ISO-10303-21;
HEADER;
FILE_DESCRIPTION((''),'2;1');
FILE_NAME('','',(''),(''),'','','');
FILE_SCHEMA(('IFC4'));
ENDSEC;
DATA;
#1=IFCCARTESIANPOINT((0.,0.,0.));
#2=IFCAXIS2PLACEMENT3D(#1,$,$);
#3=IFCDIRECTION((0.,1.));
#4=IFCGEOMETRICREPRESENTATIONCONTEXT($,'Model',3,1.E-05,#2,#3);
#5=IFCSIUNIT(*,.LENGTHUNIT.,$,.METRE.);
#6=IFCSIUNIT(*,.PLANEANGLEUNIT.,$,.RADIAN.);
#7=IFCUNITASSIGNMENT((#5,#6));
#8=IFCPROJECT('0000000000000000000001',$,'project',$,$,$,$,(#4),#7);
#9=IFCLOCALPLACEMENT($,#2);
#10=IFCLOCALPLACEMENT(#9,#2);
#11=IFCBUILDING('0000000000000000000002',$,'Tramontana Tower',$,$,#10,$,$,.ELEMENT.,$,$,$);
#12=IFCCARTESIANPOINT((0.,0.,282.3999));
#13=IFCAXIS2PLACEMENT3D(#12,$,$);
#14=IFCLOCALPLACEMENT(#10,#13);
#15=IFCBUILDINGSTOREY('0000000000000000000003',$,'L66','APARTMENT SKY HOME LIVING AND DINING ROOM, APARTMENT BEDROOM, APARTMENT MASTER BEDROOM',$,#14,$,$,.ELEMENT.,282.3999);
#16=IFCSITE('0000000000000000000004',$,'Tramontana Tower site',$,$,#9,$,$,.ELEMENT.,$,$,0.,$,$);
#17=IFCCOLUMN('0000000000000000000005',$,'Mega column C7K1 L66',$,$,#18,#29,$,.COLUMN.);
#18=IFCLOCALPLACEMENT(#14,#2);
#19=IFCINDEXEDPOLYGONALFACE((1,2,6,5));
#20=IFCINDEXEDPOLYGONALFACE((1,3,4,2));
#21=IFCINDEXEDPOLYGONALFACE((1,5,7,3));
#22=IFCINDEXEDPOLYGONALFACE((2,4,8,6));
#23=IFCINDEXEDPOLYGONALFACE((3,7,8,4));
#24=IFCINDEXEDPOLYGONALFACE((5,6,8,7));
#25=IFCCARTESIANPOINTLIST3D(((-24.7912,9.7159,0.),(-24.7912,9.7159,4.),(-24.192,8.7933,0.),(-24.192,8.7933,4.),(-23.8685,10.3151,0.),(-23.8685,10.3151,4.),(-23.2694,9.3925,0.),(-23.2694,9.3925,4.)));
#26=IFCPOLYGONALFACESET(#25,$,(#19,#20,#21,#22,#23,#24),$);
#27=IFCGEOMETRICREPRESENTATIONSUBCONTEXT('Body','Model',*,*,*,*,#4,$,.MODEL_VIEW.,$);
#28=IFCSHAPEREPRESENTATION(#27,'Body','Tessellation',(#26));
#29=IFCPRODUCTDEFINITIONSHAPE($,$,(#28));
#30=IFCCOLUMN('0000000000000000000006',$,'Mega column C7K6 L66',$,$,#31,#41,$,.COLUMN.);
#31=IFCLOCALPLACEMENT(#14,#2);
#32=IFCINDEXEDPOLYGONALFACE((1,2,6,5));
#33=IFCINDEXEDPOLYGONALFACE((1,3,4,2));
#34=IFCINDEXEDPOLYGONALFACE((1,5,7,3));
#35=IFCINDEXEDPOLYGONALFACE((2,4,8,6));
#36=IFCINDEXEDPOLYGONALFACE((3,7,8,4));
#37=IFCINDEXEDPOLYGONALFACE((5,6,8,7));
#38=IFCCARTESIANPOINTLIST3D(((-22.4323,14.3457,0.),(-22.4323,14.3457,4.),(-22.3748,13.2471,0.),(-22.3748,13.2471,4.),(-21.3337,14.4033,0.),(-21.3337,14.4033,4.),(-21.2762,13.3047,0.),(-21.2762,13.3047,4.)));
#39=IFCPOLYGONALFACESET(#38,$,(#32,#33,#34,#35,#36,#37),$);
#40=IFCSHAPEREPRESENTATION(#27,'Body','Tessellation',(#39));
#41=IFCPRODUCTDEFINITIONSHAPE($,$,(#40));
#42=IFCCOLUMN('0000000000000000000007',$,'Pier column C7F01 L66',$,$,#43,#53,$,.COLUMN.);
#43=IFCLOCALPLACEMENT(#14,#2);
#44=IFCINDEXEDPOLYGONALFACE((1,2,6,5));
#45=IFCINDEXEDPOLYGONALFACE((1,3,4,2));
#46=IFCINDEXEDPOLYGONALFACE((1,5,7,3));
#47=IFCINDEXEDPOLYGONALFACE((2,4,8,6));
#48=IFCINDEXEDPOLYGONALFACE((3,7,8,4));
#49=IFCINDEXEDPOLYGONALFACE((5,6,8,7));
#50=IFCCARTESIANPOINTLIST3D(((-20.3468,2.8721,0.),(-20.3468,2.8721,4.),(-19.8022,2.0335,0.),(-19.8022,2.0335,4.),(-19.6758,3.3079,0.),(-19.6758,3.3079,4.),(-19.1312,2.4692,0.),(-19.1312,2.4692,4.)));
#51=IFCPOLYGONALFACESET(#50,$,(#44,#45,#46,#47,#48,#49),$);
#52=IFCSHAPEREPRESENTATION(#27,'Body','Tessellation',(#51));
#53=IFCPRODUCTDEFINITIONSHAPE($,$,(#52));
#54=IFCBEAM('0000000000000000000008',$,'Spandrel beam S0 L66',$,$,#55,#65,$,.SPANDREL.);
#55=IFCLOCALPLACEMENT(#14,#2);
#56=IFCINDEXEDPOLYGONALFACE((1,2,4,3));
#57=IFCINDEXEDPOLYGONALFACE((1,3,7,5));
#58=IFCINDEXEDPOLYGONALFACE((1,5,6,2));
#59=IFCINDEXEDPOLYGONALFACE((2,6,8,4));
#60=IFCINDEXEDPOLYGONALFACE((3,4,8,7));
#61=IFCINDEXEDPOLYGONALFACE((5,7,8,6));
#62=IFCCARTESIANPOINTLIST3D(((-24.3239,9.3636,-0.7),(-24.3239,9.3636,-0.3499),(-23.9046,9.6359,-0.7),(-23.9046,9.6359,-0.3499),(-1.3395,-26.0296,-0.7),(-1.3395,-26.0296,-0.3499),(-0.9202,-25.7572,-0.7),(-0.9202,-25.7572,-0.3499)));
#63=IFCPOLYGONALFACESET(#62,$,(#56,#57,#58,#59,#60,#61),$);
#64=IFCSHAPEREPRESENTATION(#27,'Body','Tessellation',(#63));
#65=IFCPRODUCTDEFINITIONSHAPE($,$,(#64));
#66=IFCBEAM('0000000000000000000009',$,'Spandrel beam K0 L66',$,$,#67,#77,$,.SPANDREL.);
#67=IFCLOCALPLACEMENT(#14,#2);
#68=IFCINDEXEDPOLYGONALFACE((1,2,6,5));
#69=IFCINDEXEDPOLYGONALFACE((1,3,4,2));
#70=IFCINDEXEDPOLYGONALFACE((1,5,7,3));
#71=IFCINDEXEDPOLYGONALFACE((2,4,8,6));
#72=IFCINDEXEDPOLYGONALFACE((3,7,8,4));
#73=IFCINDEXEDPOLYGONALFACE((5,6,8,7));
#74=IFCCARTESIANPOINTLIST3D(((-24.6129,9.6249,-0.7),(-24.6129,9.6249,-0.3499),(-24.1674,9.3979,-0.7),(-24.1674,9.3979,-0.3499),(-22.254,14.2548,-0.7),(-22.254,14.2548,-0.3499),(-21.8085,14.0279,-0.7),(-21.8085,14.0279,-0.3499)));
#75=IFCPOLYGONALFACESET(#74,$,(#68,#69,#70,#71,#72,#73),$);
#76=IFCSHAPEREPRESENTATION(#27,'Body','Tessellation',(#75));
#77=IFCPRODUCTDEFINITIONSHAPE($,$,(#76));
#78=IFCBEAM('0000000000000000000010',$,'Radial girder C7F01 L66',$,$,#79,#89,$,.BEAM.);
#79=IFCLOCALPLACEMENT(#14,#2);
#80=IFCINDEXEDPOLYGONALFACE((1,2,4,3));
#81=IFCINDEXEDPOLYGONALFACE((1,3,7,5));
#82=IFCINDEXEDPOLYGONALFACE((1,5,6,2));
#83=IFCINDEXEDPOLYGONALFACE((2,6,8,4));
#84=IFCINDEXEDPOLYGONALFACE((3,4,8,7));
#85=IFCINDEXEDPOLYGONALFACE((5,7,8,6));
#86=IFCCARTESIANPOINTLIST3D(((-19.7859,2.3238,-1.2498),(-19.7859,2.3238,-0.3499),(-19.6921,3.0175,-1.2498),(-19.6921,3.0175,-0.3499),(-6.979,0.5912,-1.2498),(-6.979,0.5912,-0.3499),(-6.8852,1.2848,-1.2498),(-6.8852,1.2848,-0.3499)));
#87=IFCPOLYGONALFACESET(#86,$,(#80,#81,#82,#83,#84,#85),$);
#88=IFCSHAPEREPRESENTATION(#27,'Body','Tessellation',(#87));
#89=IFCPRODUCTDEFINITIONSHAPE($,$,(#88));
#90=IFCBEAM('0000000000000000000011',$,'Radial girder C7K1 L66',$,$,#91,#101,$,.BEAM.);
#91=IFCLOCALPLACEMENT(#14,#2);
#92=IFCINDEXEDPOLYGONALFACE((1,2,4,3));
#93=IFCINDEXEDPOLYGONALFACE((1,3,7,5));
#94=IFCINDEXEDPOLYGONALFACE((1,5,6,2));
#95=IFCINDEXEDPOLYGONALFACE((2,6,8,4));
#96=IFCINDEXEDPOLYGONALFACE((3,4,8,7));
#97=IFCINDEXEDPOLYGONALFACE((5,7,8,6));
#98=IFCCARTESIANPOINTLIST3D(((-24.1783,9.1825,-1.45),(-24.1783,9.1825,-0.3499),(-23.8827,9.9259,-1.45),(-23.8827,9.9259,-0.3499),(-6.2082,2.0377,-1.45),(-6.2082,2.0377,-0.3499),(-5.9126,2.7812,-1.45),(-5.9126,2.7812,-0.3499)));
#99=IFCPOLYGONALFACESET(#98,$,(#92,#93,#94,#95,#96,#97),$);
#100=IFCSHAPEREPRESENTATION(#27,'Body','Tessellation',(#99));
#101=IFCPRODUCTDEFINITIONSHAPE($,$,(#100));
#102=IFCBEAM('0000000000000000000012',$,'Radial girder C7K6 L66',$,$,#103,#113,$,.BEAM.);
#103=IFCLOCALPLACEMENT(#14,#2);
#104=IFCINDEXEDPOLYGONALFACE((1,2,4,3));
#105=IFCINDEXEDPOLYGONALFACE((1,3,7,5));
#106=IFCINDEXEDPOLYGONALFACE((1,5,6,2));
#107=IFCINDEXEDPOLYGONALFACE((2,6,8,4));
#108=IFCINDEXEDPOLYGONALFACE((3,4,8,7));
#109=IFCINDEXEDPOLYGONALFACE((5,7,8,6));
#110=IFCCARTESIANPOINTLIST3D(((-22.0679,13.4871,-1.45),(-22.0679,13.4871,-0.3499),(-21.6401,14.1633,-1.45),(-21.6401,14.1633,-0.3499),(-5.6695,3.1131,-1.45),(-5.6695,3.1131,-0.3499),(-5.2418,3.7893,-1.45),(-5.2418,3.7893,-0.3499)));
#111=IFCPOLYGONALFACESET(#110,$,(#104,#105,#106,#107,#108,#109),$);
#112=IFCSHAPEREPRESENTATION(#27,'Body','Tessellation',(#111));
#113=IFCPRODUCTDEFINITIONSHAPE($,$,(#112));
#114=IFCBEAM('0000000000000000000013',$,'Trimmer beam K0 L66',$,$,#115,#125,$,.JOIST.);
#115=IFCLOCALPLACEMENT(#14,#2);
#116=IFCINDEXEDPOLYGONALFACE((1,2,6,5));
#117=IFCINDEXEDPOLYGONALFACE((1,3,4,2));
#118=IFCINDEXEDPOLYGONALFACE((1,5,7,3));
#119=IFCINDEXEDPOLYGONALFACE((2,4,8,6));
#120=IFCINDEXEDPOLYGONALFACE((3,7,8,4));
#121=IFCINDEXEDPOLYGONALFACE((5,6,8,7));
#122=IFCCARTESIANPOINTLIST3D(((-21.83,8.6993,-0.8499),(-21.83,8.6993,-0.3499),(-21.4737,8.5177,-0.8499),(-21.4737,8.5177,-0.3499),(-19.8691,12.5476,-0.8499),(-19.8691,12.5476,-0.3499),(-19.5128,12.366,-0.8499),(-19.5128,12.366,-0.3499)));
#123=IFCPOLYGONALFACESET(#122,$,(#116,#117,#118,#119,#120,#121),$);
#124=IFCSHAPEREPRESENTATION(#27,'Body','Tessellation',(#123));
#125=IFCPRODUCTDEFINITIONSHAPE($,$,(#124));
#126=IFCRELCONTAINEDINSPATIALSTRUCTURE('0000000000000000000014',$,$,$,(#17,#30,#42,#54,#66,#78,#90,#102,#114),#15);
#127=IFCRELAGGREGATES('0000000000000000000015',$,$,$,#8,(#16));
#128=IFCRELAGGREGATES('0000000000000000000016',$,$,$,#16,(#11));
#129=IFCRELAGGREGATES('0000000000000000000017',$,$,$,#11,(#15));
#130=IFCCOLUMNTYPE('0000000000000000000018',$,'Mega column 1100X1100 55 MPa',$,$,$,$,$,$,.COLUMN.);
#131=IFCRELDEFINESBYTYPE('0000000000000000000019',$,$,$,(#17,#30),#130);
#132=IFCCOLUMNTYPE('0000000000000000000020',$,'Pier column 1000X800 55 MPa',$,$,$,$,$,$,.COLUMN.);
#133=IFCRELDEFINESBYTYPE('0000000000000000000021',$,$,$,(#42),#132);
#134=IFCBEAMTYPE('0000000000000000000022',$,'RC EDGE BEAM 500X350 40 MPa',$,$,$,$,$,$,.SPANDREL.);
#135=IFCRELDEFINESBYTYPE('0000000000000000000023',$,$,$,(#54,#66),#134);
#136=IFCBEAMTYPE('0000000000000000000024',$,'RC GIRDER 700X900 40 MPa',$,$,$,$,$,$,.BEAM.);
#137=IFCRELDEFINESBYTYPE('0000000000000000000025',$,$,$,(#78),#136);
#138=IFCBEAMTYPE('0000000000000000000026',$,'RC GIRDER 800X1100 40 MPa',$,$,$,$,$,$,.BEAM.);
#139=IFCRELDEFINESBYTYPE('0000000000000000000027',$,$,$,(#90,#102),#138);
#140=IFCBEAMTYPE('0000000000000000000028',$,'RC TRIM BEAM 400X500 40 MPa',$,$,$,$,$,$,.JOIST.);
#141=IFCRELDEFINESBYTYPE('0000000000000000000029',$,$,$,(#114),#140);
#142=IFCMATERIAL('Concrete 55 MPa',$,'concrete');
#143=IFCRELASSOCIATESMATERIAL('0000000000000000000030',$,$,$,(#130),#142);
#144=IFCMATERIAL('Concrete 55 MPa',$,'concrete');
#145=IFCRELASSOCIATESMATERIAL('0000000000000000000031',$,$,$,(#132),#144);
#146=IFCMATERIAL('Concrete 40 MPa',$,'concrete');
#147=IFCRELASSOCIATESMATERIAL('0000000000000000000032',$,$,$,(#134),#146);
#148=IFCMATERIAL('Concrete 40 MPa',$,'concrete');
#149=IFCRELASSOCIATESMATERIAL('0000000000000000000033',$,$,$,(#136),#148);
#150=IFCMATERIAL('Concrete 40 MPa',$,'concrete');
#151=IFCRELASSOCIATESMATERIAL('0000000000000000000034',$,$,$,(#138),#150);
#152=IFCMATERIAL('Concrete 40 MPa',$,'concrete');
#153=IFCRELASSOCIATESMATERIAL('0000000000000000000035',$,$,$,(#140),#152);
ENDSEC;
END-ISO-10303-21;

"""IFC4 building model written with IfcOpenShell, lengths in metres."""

from ifc_helpers import new_model, si_unit, direction, frame, origin, origin_2d, place, context, subcontext, project, spatial, rectangle, extrude, material, material_profile, profile_set, type_object, element, save


model = new_model("IFC4")

# Units and contexts
model_context = context("Model", 3, precision=1e-05, world=origin(), true_north=direction((0.0, 1.0)))
body_context = subcontext(model_context, "Body", "Model", "MODEL_VIEW")
ifc_project = project(units=[si_unit("LENGTHUNIT", "METRE"), si_unit("PLANEANGLEUNIT", "RADIAN")], contexts=[model_context])

# Site, building, storey
site_placement = place(None, origin())
site = spatial("IfcSite", under=ifc_project, at=site_placement, Name="Tramontana Tower site", CompositionType="ELEMENT", RefElevation=0.0)
building_placement = place(site_placement, origin())
building = spatial("IfcBuilding", under=site, at=building_placement, Name="Tramontana Tower", CompositionType="ELEMENT")
storey_placement = place(building_placement, frame((0.0, 0.0, 282.3999)))
storey = spatial("IfcBuildingStorey", under=building, at=storey_placement, Name="L66", Description="APARTMENT SKY HOME LIVING AND DINING ROOM, APARTMENT BEDROOM, APARTMENT MASTER BEDROOM", CompositionType="ELEMENT", Elevation=282.3999)

# Columns
ifc_material_1 = material(Name="Concrete 55 MPa", Category="concrete")
ifc_material_profile_1 = material_profile(ifc_material_1, rectangle(XDim=1.1001, YDim=1.1001, at=origin_2d()), Name="Mega column 1100X1100 55 MPa")
ifc_profile_set_1 = profile_set([ifc_material_profile_1], Name="Concrete 55 MPa")
column_type_1 = type_object("IfcColumnType", Name="Mega column 1100X1100 55 MPa", PredefinedType="COLUMN", material=ifc_profile_set_1)
for number, where, z_axis, x_axis, name in (
    (1, (-24.0303, 9.5542, 0.0), (0.0, 0.0, 1.0), (0.544639, -0.838671, 0.0), "Mega column C7K1 L66"),
    (2, (-21.8542, 13.8252, 0.0), (0.0, 0.0, 1.0), (-0.99863, -0.052336, 0.0), "Mega column C7K6 L66"),
):
    element("IfcColumn", number, at=place(storey_placement, frame(where, z_axis=z_axis, x_axis=x_axis)), inside=storey, type_object=column_type_1, Name=name, PredefinedType="COLUMN", context=body_context, shape_type="SweptSolid", body=[
        extrude(rectangle(XDim=1.1001, YDim=1.1001, at=origin_2d()), origin(), (0.0, 0.0, 1.0), 4.0),
    ])
ifc_material_2 = material(Name="Concrete 55 MPa", Category="concrete")
ifc_material_profile_2 = material_profile(ifc_material_2, rectangle(XDim=1.0, YDim=0.8, at=origin_2d()), Name="Pier column 1000X800 55 MPa")
ifc_profile_set_2 = profile_set([ifc_material_profile_2], Name="Concrete 55 MPa")
column_type_2 = type_object("IfcColumnType", Name="Pier column 1000X800 55 MPa", PredefinedType="COLUMN", material=ifc_profile_set_2)
column_placement = place(storey_placement, frame((-19.739, 2.6707, 0.0), z_axis=(0.0, 0.0, 1.0), x_axis=(0.544639, -0.838671, 0.0)))
element("IfcColumn", 3, at=column_placement, inside=storey, type_object=column_type_2, Name="Pier column C7F01 L66", PredefinedType="COLUMN", context=body_context, shape_type="SweptSolid", body=[
    extrude(rectangle(XDim=1.0, YDim=0.8, at=origin_2d()), origin(), (0.0, 0.0, 1.0), 4.0),
])

# Beams
ifc_material_3 = material(Name="Concrete 40 MPa", Category="concrete")
ifc_material_profile_3 = material_profile(ifc_material_3, rectangle(XDim=0.5, YDim=0.3501, at=origin_2d()), Name="RC EDGE BEAM 500X350 40 MPa")
ifc_profile_set_3 = profile_set([ifc_material_profile_3], Name="Concrete 40 MPa")
beam_type_1 = type_object("IfcBeamType", Name="RC EDGE BEAM 500X350 40 MPa", PredefinedType="SPANDREL", material=ifc_profile_set_3)
beam_1_placement = place(storey_placement, frame((-24.1143, 9.4998, -0.5249), z_axis=(0.544637, -0.838672, 0.0), x_axis=(0.838672, 0.544637, 0.0)))
element("IfcBeam", 4, at=beam_1_placement, inside=storey, type_object=beam_type_1, Name="Spandrel beam S0 L66", PredefinedType="SPANDREL", context=body_context, shape_type="SweptSolid", body=[
    extrude(rectangle(XDim=0.5, YDim=0.3501, at=origin_2d()), origin(), (0.0, 0.0, 1.0), 42.2014),
])
beam_2_placement = place(storey_placement, frame((-22.0312, 14.1414, -0.5249), z_axis=(-0.453967, -0.891019, 0.0), x_axis=(0.891019, -0.453967, 0.0)))
element("IfcBeam", 5, at=beam_2_placement, inside=storey, type_object=beam_type_1, Name="Spandrel beam K0 L66", PredefinedType="SPANDREL", context=body_context, shape_type="SweptSolid", body=[
    extrude(rectangle(XDim=0.5, YDim=0.3501, at=origin_2d()), origin(), (0.0, 0.0, 1.0), 5.1963),
])
ifc_material_4 = material(Name="Concrete 40 MPa", Category="concrete")
ifc_material_profile_4 = material_profile(ifc_material_4, rectangle(XDim=0.7, YDim=0.8999, at=origin_2d()), Name="RC GIRDER 700X900 40 MPa")
ifc_profile_set_4 = profile_set([ifc_material_profile_4], Name="Concrete 40 MPa")
beam_type_2 = type_object("IfcBeamType", Name="RC GIRDER 700X900 40 MPa", PredefinedType="BEAM", material=ifc_profile_set_4)
beam_3_placement = place(storey_placement, frame((-19.739, 2.6707, -0.7998), z_axis=(0.990972, -0.13407, 0.0), x_axis=(0.13407, 0.990972, 0.0)))
element("IfcBeam", 6, at=beam_3_placement, inside=storey, type_object=beam_type_2, Name="Radial girder C7F01 L66", PredefinedType="BEAM", context=body_context, shape_type="SweptSolid", body=[
    extrude(rectangle(XDim=0.7, YDim=0.8999, at=origin_2d()), origin(), (0.0, 0.0, 1.0), 12.9236),
])
ifc_material_5 = material(Name="Concrete 40 MPa", Category="concrete")
ifc_material_profile_5 = material_profile(ifc_material_5, rectangle(XDim=0.8, YDim=1.1001, at=origin_2d()), Name="RC GIRDER 800X1100 40 MPa")
ifc_profile_set_5 = profile_set([ifc_material_profile_5], Name="Concrete 40 MPa")
beam_type_3 = type_object("IfcBeamType", Name="RC GIRDER 800X1100 40 MPa", PredefinedType="BEAM", material=ifc_profile_set_5)
beam_4_placement = place(storey_placement, frame((-24.0305, 9.5542, -0.8999), z_axis=(0.929247, -0.369459, 0.0), x_axis=(0.369459, 0.929247, 0.0)))
element("IfcBeam", 7, at=beam_4_placement, inside=storey, type_object=beam_type_3, Name="Radial girder C7K1 L66", PredefinedType="BEAM", context=body_context, shape_type="SweptSolid", body=[
    extrude(rectangle(XDim=0.8, YDim=1.1001, at=origin_2d()), origin(), (0.0, 0.0, 1.0), 19.3384),
])
beam_5_placement = place(storey_placement, frame((-21.854, 13.8252, -0.8999), z_axis=(0.84509, -0.534623, 0.0), x_axis=(0.534623, 0.84509, 0.0)))
element("IfcBeam", 8, at=beam_5_placement, inside=storey, type_object=beam_type_3, Name="Radial girder C7K6 L66", PredefinedType="BEAM", context=body_context, shape_type="SweptSolid", body=[
    extrude(rectangle(XDim=0.8, YDim=1.1001, at=origin_2d()), origin(), (0.0, 0.0, 1.0), 19.4043),
])
ifc_material_6 = material(Name="Concrete 40 MPa", Category="concrete")
ifc_material_profile_6 = material_profile(ifc_material_6, rectangle(XDim=0.3999, YDim=0.5, at=origin_2d()), Name="RC TRIM BEAM 400X500 40 MPa")
ifc_profile_set_6 = profile_set([ifc_material_profile_6], Name="Concrete 40 MPa")
beam_type_4 = type_object("IfcBeamType", Name="RC TRIM BEAM 400X500 40 MPa", PredefinedType="JOIST", material=ifc_profile_set_6)
beam_6_placement = place(storey_placement, frame((-19.6909, 12.4568, -0.5999), z_axis=(-0.454006, -0.890999, 0.0), x_axis=(0.890999, -0.454006, 0.0)))
element("IfcBeam", 9, at=beam_6_placement, inside=storey, type_object=beam_type_4, Name="Trimmer beam K0 L66", PredefinedType="JOIST", context=body_context, shape_type="SweptSolid", body=[
    extrude(rectangle(XDim=0.3999, YDim=0.5, at=origin_2d()), origin(), (0.0, 0.0, 1.0), 4.3191),
])

save(model, "model.ifc")
